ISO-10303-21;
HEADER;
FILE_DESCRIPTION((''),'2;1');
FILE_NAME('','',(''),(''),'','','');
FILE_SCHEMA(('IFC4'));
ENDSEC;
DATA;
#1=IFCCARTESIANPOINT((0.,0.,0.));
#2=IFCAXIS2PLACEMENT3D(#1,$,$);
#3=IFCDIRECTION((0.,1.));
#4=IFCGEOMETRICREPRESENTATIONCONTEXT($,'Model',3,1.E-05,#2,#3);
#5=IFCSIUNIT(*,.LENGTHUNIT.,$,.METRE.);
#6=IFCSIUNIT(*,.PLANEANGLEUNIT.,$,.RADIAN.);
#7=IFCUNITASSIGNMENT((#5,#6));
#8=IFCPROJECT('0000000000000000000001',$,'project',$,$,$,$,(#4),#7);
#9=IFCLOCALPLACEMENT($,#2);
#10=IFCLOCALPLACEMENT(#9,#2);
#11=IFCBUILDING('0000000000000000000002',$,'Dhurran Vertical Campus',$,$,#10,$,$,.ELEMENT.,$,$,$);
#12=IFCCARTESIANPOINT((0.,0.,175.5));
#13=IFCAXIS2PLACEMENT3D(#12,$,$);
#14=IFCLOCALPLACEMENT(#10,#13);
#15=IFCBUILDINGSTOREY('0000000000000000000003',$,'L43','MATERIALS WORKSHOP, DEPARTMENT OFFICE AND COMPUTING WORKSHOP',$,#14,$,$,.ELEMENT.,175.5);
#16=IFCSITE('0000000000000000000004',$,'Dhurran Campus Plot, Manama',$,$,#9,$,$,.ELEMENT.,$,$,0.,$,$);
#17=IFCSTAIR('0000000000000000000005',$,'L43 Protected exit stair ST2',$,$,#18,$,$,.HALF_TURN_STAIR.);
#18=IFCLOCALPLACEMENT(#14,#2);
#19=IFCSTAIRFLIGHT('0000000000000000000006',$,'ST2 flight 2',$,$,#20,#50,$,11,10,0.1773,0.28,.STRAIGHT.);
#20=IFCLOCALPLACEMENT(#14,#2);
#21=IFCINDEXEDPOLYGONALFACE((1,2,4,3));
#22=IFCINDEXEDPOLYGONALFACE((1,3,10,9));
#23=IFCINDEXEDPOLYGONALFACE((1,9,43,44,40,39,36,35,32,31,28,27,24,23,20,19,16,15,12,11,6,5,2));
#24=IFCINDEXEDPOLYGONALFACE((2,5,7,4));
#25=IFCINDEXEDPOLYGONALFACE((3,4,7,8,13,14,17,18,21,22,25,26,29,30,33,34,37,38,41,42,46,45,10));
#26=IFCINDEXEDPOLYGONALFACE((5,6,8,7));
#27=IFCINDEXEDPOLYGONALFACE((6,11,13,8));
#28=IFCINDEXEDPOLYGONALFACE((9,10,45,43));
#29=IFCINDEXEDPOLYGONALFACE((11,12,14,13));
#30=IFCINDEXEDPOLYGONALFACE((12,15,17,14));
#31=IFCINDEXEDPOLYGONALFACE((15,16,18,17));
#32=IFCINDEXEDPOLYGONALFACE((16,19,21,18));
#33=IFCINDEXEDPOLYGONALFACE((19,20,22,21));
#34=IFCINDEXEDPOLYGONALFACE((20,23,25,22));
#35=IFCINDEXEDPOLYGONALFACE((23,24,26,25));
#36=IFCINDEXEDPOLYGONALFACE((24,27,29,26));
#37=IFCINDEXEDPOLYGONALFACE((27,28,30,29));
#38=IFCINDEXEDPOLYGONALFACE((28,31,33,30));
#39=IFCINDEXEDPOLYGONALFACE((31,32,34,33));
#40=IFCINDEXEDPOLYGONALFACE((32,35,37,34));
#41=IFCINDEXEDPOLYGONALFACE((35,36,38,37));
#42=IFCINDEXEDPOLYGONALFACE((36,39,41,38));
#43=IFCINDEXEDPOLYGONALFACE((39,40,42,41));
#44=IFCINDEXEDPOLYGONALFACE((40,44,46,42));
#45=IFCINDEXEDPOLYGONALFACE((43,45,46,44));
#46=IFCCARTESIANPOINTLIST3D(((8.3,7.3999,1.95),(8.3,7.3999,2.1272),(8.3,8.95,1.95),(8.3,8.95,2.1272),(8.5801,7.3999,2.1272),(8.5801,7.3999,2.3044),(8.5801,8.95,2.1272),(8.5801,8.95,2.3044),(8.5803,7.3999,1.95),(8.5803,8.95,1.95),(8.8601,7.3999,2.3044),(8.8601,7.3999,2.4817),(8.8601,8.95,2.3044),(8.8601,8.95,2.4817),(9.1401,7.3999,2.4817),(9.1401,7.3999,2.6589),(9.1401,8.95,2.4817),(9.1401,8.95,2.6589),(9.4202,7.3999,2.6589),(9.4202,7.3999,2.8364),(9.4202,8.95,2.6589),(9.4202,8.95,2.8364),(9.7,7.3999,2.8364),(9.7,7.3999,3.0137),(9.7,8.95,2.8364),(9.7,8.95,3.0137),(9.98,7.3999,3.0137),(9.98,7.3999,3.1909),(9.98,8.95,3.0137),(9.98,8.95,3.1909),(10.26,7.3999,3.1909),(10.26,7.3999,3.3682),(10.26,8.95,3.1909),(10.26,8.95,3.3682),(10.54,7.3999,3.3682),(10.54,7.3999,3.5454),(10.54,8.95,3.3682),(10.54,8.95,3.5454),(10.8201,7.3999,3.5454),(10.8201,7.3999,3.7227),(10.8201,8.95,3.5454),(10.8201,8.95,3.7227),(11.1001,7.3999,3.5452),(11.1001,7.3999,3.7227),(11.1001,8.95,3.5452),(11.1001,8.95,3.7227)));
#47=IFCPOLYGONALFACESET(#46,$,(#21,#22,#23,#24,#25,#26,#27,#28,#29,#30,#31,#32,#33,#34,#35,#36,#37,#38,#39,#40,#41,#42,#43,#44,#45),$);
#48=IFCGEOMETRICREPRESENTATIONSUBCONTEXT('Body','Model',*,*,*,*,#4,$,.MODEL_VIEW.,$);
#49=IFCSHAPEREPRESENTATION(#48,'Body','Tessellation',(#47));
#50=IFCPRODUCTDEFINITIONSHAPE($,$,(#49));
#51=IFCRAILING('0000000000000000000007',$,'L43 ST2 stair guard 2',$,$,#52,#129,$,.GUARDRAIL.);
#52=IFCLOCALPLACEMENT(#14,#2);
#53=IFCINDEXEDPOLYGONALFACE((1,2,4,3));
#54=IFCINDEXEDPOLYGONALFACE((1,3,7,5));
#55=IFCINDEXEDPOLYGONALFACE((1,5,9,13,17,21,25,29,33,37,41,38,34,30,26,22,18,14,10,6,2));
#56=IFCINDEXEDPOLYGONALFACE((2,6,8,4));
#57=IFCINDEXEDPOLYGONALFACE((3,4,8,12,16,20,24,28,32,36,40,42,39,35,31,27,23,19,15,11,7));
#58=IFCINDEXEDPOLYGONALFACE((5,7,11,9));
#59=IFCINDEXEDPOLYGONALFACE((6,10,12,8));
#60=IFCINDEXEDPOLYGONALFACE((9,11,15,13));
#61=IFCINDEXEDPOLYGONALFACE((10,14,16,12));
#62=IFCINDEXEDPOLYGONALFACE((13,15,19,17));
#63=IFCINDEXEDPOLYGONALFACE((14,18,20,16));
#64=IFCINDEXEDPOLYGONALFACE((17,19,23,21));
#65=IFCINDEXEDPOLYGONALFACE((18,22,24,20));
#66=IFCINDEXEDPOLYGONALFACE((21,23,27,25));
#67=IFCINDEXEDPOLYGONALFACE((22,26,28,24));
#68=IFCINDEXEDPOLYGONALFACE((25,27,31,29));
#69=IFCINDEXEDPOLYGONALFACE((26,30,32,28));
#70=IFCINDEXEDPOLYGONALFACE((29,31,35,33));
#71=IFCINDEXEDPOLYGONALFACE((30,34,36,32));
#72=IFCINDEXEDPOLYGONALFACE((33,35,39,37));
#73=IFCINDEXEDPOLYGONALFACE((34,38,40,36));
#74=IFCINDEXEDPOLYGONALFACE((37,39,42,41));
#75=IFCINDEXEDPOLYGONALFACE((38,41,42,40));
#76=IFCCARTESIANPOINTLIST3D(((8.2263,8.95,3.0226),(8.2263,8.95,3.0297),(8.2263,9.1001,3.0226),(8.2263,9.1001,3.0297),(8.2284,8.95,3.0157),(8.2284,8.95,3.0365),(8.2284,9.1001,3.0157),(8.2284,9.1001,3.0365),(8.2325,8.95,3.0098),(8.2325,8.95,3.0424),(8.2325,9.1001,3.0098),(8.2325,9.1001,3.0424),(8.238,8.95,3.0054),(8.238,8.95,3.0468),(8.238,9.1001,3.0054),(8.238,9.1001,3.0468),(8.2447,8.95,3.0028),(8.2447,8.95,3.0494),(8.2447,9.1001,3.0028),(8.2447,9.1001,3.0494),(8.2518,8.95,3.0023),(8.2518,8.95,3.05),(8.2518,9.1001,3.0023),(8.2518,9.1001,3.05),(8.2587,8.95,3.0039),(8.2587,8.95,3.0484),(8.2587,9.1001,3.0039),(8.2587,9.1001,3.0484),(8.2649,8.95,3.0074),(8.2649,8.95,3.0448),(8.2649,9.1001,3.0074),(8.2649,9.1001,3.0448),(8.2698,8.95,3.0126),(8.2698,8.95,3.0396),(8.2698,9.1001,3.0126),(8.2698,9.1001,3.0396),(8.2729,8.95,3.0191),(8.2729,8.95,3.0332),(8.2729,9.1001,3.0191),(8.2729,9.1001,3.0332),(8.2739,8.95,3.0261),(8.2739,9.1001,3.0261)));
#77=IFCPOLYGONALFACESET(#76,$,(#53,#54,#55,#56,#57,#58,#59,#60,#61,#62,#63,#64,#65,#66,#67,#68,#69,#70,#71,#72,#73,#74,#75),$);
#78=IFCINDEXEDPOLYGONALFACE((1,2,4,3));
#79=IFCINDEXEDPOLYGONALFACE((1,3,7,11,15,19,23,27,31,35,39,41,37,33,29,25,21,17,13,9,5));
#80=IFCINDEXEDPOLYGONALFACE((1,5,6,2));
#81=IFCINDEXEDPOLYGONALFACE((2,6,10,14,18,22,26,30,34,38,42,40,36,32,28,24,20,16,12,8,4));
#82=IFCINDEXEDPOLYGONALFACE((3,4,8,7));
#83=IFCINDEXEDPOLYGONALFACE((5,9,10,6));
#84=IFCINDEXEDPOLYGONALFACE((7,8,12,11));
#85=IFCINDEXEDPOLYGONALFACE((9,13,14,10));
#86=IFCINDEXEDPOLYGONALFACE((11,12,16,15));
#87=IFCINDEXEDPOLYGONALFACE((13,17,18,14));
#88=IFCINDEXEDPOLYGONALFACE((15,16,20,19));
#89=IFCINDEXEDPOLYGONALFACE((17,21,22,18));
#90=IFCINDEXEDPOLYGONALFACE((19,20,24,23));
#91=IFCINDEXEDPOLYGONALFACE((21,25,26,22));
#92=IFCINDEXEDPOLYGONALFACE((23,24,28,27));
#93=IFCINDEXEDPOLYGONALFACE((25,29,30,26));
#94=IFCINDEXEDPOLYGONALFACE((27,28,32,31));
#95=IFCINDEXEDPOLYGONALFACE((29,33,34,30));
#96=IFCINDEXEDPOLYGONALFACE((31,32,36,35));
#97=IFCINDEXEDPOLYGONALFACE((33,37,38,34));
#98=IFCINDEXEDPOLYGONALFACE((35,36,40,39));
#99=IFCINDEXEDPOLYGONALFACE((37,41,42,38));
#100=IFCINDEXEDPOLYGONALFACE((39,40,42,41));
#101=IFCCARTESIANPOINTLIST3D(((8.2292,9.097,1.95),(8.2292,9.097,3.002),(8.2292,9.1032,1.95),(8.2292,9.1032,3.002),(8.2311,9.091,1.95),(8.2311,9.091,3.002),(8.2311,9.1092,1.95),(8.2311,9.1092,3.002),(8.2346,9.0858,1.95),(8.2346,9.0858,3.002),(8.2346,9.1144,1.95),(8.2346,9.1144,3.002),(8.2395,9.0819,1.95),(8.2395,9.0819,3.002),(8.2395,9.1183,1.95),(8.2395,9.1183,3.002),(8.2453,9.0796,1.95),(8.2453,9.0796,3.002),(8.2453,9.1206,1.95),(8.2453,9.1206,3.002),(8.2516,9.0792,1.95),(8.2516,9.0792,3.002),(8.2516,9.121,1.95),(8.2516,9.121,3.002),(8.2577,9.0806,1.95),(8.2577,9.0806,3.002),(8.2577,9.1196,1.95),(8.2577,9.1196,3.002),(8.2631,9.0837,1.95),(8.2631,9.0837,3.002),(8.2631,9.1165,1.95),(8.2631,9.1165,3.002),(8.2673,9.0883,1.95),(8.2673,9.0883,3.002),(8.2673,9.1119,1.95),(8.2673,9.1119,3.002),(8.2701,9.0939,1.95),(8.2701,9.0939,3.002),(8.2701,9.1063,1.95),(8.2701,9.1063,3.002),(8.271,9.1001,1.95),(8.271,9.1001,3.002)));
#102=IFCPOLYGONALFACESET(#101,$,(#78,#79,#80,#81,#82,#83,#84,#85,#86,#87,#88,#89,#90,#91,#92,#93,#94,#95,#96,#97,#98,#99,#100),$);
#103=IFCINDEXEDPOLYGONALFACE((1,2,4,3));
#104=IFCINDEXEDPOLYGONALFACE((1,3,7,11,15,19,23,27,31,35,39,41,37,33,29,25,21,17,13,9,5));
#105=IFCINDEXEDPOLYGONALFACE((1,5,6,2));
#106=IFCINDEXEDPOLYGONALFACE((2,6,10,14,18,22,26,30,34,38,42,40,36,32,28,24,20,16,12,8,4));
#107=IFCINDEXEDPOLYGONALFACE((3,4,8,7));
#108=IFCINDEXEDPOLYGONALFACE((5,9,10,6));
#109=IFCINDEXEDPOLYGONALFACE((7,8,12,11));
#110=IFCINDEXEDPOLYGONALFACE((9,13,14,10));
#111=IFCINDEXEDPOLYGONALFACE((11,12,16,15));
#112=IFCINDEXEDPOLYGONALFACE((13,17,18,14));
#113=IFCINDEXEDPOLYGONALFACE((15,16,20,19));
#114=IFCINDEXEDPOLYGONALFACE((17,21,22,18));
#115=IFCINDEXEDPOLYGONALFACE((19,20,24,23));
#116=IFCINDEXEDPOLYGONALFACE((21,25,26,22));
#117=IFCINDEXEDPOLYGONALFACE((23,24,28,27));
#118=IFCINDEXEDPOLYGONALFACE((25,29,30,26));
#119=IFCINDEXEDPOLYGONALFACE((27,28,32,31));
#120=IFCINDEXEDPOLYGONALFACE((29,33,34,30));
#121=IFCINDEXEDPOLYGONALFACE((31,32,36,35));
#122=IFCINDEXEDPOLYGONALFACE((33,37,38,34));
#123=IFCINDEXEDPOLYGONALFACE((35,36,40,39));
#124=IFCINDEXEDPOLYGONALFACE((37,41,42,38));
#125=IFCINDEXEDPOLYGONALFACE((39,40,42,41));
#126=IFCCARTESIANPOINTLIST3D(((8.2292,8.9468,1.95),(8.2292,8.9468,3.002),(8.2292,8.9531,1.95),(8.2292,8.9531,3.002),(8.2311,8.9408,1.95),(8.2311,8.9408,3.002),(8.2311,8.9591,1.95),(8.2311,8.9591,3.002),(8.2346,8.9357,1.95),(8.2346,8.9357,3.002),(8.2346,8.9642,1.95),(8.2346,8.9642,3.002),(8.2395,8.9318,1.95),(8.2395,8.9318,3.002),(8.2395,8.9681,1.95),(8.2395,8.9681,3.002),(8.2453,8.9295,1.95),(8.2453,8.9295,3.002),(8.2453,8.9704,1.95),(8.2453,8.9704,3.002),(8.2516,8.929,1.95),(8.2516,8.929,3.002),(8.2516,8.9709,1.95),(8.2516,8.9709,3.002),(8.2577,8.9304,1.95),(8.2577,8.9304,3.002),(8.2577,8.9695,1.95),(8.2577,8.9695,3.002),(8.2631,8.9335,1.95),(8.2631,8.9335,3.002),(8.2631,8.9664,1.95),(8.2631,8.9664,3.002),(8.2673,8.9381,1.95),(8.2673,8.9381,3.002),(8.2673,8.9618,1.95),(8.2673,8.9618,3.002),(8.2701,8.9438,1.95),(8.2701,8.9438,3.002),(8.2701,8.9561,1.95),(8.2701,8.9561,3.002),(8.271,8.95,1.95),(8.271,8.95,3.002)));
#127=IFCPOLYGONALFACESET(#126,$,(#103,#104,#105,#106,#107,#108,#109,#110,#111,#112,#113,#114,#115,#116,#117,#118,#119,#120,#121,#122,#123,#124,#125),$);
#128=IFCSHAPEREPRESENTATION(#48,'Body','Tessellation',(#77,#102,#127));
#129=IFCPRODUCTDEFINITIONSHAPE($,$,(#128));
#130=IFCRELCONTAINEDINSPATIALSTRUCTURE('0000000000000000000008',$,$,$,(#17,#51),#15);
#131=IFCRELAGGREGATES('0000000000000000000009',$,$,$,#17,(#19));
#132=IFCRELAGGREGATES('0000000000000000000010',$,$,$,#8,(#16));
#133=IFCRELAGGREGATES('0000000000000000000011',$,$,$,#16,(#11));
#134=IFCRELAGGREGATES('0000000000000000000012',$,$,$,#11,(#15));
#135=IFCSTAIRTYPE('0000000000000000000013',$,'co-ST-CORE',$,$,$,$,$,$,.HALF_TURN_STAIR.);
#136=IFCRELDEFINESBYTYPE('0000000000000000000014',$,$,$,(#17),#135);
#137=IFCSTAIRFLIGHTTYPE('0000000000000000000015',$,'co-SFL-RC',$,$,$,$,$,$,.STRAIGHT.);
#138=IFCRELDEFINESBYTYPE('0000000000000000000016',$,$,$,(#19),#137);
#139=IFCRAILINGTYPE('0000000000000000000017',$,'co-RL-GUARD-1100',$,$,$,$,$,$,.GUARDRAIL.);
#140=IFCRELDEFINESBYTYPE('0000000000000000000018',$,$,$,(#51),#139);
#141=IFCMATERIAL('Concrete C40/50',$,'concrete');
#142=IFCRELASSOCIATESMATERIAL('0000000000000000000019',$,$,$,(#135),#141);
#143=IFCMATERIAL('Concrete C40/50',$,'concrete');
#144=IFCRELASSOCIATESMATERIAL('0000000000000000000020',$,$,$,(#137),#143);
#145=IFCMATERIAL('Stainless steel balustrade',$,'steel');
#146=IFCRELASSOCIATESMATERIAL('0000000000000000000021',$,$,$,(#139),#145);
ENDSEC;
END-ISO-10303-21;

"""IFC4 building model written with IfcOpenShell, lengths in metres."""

from ifc_helpers import new_model, si_unit, direction, frame, origin, origin_2d, place, context, subcontext, project, spatial, polyline, circle, outline, extrude, material, type_object, element, aggregate, save


model = new_model("IFC4")

# Units and contexts
model_context = context("Model", 3, precision=1e-05, world=origin(), true_north=direction((0.0, 1.0)))
body_context = subcontext(model_context, "Body", "Model", "MODEL_VIEW")
ifc_project = project(units=[si_unit("LENGTHUNIT", "METRE"), si_unit("PLANEANGLEUNIT", "RADIAN")], contexts=[model_context])

# Site, building, storey
site_placement = place(None, origin())
site = spatial("IfcSite", under=ifc_project, at=site_placement, Name="Dhurran Campus Plot, Manama", CompositionType="ELEMENT", RefElevation=0.0)
building_placement = place(site_placement, origin())
building = spatial("IfcBuilding", under=site, at=building_placement, Name="Dhurran Vertical Campus", CompositionType="ELEMENT")
storey_placement = place(building_placement, frame((0.0, 0.0, 175.5)))
storey = spatial("IfcBuildingStorey", under=building, at=storey_placement, Name="L43", Description="MATERIALS WORKSHOP, DEPARTMENT OFFICE AND COMPUTING WORKSHOP", CompositionType="ELEMENT", Elevation=175.5)

# Shared definitions
ifc_material_1 = material(Name="Concrete C40/50", Category="concrete")
stair_type = type_object("IfcStairType", Name="co-ST-CORE", PredefinedType="HALF_TURN_STAIR", material=ifc_material_1)

# Stair, stair flight
stair_1_placement = place(storey_placement, origin())
stair_1 = element("IfcStair", 1, at=stair_1_placement, inside=storey, type_object=stair_type, Name="L43 Protected exit stair ST2", PredefinedType="HALF_TURN_STAIR")
ifc_material_2 = material(Name="Concrete C40/50", Category="concrete")
stair_flight_type = type_object("IfcStairFlightType", Name="co-SFL-RC", PredefinedType="STRAIGHT", material=ifc_material_2)
stair_flight_placement = place(storey_placement, frame((8.3, 8.175, 1.95), z_axis=(0.0, 0.0, 1.0), x_axis=(1.0, 0.0, 0.0)))
stair_flight = element("IfcStairFlight", 2, at=stair_flight_placement, type_object=stair_flight_type, Name="ST2 flight 2", NumberOfRisers=11, NumberOfTreads=10, PredefinedType="STRAIGHT", RiserHeight=0.1773, TreadLength=0.28, context=body_context, shape_type="SweptSolid", body=[
    extrude(outline(polyline([(0.0, 0.0), (0.0, 0.1772), (0.28, 0.1772), (0.28, 0.3545), (0.5601, 0.3545), (0.5601, 0.5317), (0.8401, 0.5317), (0.8401, 0.709), (1.1201, 0.709), (1.1201, 0.8865), (1.3999, 0.8865), (1.3999, 1.0637), (1.6799, 1.0637), (1.6799, 1.241), (1.96, 1.241), (1.96, 1.4182), (2.24, 1.4182), (2.24, 1.5955), (2.52, 1.5955), (2.52, 1.7727), (2.8, 1.7727), (2.8, 1.95), (2.8, 1.5952), (0.2803, 0.0), (0.0, 0.0)])), frame((0.0, 0.7749, 0.0), z_axis=(0.0, -1.0, 0.0), x_axis=(1.0, 0.0, 0.0)), (0.0, 0.0, 1.0), 1.55),
])
aggregate(stair_1, [stair_flight])

# Railing
ifc_material_3 = material(Name="Stainless steel balustrade", Category="steel")
railing_type_1 = type_object("IfcRailingType", Name="co-RL-GUARD-1100", PredefinedType="GUARDRAIL", material=ifc_material_3)
railing_1_placement = place(storey_placement, frame((8.25, 9.1001, 1.95)))
element("IfcRailing", 3, at=railing_1_placement, inside=storey, type_object=railing_type_1, Name="L43 ST2 stair guard 2", PredefinedType="GUARDRAIL", context=body_context, shape_type="SweptSolid", body=[
    extrude(circle(Radius=0.0239, at=origin_2d()), frame((0.0, 0.0, 1.0762), z_axis=(0.0, -1.0, 0.0), x_axis=(1.0, 0.0, 0.0)), (0.0, 0.0, 1.0), 0.1501),
    extrude(circle(Radius=0.021, at=origin_2d()), origin(), (0.0, 0.0, 1.0), 1.052),
    extrude(circle(Radius=0.021, at=origin_2d()), frame((0.0, -0.1501, 0.0)), (0.0, 0.0, 1.0), 1.052),
])

save(model, "model.ifc")
